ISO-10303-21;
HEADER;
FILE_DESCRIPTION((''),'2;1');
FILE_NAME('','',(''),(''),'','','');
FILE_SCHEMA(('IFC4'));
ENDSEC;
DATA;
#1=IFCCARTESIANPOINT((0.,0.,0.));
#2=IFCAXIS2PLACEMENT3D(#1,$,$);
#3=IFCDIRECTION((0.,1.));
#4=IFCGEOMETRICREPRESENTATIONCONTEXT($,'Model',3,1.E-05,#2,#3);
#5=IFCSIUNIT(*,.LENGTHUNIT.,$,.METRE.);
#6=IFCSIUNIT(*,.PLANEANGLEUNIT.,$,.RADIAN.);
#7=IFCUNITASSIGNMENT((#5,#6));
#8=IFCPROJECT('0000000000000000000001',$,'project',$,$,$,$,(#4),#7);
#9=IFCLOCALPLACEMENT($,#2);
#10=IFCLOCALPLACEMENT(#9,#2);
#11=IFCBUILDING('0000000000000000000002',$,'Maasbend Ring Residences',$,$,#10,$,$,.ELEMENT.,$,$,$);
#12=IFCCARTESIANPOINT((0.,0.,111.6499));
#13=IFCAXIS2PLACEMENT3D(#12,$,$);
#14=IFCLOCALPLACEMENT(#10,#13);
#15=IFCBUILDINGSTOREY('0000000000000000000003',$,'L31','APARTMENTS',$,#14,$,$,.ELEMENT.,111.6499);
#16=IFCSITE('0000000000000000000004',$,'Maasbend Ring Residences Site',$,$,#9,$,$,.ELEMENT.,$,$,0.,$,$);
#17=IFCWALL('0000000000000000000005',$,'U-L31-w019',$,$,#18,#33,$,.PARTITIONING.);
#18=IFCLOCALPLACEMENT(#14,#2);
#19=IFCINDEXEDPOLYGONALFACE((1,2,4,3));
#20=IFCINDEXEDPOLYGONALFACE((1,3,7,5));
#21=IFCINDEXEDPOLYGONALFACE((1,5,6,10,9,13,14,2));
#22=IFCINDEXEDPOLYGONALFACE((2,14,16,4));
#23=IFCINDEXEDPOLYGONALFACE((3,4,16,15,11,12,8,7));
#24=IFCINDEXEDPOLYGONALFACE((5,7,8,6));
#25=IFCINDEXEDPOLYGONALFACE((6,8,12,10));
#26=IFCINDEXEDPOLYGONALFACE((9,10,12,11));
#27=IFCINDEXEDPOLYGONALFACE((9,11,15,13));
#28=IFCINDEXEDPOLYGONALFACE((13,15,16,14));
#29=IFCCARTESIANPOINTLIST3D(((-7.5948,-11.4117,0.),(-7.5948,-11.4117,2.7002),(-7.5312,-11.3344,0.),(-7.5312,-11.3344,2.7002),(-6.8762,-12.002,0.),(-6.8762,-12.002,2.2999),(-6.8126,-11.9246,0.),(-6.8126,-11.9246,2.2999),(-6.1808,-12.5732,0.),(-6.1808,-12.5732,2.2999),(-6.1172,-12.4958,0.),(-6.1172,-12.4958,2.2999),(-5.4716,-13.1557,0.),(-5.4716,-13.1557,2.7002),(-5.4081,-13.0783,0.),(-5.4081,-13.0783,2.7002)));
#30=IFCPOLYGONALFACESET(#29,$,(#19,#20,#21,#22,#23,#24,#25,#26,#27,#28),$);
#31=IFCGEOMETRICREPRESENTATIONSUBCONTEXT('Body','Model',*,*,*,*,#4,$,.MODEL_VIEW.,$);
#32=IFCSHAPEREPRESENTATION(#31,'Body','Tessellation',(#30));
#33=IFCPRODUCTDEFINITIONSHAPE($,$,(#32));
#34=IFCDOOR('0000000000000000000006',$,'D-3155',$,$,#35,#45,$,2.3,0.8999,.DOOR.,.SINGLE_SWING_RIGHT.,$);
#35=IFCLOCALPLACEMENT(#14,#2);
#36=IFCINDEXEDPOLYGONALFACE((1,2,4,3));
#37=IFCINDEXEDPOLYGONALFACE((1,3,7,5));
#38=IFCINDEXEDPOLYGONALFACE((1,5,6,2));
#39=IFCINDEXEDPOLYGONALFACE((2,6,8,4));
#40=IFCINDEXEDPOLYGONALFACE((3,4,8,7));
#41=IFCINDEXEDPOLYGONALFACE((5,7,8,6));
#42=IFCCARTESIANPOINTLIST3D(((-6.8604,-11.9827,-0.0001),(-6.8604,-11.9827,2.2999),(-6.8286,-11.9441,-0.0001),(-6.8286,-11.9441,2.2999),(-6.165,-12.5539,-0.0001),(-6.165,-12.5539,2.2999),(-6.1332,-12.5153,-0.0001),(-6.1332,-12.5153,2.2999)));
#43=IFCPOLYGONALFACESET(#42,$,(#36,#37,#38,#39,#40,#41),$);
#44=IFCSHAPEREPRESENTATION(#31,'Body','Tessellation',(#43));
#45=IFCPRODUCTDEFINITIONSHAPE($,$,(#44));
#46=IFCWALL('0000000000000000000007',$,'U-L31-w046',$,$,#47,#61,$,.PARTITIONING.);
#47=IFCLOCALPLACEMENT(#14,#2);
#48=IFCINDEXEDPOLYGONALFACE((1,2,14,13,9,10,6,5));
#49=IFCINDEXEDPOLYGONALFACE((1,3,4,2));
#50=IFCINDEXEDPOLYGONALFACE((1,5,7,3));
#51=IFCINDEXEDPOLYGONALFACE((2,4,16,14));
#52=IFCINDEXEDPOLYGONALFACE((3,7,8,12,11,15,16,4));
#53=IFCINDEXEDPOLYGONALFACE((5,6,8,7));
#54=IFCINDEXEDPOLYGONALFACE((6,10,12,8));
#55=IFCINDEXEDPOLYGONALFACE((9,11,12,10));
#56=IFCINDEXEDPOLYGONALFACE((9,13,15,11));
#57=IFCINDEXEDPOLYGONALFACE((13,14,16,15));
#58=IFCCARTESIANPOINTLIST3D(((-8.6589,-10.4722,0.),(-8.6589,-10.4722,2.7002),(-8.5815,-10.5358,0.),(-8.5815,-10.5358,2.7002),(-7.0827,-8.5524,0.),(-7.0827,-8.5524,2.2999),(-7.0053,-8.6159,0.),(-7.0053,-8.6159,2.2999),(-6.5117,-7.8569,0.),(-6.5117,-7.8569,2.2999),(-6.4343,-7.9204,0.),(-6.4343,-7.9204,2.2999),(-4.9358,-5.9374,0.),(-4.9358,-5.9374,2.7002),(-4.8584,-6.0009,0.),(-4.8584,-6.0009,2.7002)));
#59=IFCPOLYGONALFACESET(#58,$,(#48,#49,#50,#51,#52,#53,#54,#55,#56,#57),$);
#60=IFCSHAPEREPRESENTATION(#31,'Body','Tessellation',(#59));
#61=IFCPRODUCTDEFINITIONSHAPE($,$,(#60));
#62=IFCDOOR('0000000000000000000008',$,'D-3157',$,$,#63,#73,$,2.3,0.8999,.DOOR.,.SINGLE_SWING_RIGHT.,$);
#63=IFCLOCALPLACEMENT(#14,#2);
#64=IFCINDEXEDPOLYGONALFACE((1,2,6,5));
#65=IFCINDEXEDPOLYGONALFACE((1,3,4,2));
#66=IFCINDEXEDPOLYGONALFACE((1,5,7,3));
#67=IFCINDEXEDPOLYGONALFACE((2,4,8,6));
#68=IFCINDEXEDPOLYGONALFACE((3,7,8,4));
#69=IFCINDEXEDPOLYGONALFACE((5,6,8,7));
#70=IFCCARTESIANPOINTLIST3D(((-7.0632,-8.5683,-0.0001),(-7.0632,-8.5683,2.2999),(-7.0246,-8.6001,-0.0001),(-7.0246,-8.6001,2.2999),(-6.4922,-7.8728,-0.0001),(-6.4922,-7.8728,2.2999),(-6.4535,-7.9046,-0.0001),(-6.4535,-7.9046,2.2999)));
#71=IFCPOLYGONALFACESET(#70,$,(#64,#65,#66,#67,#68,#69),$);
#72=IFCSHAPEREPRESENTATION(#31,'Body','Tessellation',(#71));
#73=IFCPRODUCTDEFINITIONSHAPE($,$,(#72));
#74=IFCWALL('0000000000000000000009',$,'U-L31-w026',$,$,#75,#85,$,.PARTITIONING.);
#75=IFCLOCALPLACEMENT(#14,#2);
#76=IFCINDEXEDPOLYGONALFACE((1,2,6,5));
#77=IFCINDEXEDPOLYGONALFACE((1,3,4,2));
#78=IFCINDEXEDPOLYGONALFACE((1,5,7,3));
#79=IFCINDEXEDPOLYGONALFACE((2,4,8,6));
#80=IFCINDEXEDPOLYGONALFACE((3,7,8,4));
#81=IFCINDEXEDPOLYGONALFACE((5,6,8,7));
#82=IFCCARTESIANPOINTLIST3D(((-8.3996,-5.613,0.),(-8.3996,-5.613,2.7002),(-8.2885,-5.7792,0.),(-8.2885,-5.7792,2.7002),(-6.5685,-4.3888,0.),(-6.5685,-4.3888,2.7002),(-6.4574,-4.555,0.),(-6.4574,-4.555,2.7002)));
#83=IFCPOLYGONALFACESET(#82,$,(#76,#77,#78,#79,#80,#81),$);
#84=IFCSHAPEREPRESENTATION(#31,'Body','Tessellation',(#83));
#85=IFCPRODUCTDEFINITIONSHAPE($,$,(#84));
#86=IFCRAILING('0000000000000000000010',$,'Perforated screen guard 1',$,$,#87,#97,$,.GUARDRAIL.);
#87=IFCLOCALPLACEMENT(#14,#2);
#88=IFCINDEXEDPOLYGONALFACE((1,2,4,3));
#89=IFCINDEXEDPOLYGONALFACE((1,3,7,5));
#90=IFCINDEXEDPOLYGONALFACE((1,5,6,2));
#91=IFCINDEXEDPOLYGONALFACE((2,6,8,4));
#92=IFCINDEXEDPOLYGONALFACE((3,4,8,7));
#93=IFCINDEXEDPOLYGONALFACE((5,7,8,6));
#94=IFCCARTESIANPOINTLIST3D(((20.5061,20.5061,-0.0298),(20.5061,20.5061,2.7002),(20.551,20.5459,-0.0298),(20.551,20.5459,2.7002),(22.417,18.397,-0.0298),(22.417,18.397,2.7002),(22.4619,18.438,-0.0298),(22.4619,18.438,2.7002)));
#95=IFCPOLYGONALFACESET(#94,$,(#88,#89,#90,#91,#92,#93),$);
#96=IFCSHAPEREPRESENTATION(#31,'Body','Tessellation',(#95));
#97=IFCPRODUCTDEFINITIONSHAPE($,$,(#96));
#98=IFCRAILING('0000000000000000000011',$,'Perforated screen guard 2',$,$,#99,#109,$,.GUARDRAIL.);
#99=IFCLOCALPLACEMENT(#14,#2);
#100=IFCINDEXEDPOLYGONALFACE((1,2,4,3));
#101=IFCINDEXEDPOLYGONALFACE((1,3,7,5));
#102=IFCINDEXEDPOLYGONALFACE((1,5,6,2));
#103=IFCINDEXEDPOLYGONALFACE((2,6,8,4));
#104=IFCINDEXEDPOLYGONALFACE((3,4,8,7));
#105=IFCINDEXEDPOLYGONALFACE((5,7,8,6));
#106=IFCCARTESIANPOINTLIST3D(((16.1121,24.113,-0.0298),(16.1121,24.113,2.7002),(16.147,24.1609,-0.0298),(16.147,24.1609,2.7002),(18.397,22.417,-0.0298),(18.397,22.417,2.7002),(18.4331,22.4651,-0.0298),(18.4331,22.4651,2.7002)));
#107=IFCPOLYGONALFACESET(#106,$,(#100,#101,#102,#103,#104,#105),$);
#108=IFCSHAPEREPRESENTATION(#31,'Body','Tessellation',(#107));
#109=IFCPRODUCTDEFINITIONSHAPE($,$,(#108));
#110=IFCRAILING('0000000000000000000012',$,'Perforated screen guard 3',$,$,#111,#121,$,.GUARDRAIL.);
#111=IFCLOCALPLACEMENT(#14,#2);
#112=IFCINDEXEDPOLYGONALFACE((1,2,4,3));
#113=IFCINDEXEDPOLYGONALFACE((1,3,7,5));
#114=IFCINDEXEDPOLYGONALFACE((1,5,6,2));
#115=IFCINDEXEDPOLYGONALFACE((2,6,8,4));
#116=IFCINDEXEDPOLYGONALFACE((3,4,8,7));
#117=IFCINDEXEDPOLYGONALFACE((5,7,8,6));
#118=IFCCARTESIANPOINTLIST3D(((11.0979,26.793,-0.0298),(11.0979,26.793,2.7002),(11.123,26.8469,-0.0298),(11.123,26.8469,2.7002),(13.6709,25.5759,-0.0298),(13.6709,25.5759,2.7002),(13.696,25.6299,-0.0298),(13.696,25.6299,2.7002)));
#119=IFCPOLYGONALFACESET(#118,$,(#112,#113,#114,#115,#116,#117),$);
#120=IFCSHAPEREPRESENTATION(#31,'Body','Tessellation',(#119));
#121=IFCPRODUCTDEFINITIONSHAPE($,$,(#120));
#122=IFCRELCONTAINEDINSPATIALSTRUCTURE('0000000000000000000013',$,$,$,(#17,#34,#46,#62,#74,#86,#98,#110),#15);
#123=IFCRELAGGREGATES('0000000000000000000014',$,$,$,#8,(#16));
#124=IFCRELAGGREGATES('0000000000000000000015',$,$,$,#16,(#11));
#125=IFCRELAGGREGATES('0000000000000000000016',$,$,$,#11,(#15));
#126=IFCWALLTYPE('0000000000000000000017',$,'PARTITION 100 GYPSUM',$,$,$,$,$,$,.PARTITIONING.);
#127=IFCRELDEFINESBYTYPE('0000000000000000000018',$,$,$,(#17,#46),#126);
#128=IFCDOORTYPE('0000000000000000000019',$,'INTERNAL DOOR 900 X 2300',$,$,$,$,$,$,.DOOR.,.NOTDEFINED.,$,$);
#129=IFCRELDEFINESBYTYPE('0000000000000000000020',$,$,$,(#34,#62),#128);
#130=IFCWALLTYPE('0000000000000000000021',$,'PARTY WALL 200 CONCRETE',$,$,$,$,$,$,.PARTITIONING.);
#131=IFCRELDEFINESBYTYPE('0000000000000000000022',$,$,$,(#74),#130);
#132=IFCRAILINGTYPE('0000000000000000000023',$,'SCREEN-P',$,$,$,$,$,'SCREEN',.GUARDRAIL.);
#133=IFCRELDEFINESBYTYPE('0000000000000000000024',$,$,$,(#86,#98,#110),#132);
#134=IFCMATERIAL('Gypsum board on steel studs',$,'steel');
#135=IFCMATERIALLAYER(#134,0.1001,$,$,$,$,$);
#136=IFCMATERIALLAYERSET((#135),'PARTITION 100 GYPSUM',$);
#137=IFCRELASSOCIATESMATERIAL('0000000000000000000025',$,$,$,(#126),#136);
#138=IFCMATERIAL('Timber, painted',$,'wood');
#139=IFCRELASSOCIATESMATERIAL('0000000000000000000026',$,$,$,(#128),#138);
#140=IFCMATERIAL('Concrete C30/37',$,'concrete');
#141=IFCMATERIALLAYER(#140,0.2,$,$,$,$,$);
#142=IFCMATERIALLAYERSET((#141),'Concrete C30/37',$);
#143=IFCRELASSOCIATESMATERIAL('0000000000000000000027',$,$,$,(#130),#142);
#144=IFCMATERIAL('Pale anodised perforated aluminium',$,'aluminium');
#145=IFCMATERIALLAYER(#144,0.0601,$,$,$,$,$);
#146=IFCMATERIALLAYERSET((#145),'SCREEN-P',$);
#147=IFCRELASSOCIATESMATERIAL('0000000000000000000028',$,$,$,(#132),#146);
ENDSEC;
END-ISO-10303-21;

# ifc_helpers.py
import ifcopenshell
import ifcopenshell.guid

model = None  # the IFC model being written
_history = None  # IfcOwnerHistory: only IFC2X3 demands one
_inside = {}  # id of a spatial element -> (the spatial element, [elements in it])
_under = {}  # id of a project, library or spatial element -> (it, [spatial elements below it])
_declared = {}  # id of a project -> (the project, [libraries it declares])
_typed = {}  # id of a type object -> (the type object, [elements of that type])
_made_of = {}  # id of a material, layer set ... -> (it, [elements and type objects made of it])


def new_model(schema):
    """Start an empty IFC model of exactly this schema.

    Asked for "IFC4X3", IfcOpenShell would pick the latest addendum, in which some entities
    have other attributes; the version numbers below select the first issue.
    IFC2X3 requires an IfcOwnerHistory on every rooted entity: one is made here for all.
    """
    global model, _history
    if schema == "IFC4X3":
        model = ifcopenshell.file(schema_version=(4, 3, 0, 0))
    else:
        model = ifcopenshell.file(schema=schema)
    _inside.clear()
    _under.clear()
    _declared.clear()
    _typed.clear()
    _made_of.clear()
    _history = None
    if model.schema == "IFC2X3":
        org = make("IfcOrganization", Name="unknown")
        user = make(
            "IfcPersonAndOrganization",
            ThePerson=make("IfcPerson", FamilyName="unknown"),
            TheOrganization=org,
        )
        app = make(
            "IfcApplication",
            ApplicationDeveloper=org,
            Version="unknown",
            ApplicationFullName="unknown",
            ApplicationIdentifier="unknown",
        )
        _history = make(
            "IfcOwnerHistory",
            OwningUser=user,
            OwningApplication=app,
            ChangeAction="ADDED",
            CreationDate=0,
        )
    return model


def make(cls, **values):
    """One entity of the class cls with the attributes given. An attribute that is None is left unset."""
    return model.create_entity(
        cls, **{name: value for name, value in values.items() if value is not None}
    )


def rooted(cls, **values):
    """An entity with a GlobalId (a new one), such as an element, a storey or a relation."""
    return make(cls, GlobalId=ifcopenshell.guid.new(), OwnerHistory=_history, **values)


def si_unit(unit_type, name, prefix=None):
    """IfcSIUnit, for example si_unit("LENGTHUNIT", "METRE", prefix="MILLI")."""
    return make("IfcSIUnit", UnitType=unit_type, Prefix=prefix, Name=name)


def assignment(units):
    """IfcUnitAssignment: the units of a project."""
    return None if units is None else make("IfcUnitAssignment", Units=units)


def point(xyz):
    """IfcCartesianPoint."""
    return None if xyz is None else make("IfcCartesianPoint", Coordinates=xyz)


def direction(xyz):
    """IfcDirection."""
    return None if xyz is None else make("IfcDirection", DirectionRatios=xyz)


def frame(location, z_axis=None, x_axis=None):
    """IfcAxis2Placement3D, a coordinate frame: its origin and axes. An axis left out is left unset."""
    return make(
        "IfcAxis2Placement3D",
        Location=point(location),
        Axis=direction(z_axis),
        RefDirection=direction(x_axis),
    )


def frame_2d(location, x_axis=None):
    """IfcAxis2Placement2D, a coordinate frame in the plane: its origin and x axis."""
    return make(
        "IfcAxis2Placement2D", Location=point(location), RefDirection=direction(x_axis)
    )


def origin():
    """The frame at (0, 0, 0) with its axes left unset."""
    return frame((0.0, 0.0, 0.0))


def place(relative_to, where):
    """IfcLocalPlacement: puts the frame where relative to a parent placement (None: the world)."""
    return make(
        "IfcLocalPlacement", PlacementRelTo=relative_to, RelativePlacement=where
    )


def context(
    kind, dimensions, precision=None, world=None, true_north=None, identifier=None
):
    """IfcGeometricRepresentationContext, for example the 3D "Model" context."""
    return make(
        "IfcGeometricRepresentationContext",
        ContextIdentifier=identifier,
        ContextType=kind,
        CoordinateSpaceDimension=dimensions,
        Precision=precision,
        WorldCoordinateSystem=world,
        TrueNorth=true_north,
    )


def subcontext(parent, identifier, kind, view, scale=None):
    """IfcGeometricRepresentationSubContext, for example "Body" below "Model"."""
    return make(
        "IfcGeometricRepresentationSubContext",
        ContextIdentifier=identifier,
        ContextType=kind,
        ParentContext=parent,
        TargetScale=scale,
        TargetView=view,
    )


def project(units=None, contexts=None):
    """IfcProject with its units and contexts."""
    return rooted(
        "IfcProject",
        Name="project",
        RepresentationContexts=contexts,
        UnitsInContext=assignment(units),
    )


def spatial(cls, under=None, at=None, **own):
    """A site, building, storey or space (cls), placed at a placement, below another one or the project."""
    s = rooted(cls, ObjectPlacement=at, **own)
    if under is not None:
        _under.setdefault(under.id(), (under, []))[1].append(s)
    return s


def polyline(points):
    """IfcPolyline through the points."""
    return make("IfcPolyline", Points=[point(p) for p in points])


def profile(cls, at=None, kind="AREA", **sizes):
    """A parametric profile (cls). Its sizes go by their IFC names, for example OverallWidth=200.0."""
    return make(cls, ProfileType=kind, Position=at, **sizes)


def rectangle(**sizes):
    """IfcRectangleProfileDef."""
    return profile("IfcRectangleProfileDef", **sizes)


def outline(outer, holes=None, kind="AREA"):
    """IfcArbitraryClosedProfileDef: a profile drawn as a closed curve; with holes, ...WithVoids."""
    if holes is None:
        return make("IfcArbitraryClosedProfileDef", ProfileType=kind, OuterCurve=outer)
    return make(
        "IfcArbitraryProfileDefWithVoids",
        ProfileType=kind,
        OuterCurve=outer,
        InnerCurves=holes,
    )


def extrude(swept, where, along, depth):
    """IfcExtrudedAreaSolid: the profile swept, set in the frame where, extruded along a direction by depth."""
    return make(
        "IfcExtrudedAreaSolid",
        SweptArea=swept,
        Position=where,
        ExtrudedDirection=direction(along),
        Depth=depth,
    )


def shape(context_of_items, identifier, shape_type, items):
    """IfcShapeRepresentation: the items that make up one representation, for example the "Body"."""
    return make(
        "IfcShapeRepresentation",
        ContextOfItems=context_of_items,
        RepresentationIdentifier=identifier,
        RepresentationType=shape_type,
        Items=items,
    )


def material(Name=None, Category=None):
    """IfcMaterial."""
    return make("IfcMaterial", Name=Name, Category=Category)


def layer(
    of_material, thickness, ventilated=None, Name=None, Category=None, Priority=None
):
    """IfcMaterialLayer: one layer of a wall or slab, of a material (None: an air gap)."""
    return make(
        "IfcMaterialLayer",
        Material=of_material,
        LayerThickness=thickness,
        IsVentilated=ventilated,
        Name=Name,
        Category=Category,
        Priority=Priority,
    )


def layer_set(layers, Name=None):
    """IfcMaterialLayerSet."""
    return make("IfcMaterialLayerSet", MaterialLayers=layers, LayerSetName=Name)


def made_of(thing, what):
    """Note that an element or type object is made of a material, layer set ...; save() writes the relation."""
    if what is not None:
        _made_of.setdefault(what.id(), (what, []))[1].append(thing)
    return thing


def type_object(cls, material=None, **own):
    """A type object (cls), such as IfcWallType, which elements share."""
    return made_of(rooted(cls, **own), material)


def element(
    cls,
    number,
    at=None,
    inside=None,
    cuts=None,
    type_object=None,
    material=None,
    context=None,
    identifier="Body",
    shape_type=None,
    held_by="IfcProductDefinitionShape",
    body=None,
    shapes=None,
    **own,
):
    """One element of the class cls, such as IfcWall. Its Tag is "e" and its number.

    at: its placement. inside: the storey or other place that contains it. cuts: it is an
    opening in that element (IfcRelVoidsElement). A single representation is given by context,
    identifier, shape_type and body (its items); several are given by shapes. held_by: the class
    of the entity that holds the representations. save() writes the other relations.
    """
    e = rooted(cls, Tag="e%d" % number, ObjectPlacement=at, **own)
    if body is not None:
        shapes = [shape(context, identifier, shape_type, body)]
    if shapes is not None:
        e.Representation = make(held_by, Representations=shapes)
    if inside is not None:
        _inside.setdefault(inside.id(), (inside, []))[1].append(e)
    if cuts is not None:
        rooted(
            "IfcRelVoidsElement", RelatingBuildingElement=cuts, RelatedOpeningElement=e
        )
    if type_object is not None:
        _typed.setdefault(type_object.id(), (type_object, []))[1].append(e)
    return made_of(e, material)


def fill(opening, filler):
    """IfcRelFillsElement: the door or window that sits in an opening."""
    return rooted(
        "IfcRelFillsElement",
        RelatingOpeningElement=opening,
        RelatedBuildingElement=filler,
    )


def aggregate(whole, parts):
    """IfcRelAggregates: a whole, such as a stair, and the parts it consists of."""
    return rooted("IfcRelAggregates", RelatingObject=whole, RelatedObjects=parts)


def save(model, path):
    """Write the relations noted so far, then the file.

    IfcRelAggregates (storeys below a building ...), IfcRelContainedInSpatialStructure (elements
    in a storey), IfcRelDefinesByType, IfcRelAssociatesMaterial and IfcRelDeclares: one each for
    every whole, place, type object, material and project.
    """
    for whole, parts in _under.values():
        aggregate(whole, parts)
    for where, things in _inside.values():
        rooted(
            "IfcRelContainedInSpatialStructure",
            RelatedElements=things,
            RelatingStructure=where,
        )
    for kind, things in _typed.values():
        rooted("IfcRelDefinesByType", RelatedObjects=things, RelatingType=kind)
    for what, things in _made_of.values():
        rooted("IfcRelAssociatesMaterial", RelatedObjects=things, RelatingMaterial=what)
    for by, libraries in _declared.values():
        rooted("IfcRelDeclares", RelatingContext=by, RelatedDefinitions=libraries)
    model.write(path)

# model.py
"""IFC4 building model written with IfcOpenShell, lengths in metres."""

from ifc_helpers import new_model, si_unit, direction, frame, frame_2d, origin, place, context, subcontext, project, spatial, polyline, rectangle, outline, extrude, material, layer, layer_set, type_object, element, fill, save


model = new_model("IFC4")

# Units and contexts
model_context = context("Model", 3, precision=1e-05, world=origin(), true_north=direction((0.0, 1.0)))
body_context = subcontext(model_context, "Body", "Model", "MODEL_VIEW")
ifc_project = project(units=[si_unit("LENGTHUNIT", "METRE"), si_unit("PLANEANGLEUNIT", "RADIAN")], contexts=[model_context])

# Site, building, storey
site_placement = place(None, origin())
site = spatial("IfcSite", under=ifc_project, at=site_placement, Name="Maasbend Ring Residences Site", CompositionType="ELEMENT", RefElevation=0.0)
building_placement = place(site_placement, origin())
building = spatial("IfcBuilding", under=site, at=building_placement, Name="Maasbend Ring Residences", CompositionType="ELEMENT")
storey_placement = place(building_placement, frame((0.0, 0.0, 111.6499)))
storey = spatial("IfcBuildingStorey", under=building, at=storey_placement, Name="L31", Description="APARTMENTS", CompositionType="ELEMENT", Elevation=111.6499)

# Walls, openings, doors
ifc_material_1 = material(Name="Gypsum board on steel studs", Category="steel")
ifc_layer_1 = layer(ifc_material_1, 0.1001)
ifc_layer_set_1 = layer_set([ifc_layer_1], Name="PARTITION 100 GYPSUM")
wall_type_1 = type_object("IfcWallType", Name="PARTITION 100 GYPSUM", PredefinedType="PARTITIONING", material=ifc_layer_set_1)
wall_1_placement = place(storey_placement, frame((-7.563, -11.373, 0.0), z_axis=(0.0, 0.0, 1.0), x_axis=(0.772732, -0.634732, 0.0)))
wall_1 = element("IfcWall", 1, at=wall_1_placement, inside=storey, type_object=wall_type_1, Name="U-L31-w019", PredefinedType="PARTITIONING", context=body_context, shape_type="SweptSolid", body=[
    extrude(rectangle(XDim=2.7476, YDim=0.1001, at=frame_2d((1.3738, 0.0))), origin(), (0.0, 0.0, 1.0), 2.7002),
])
opening_1_placement = place(wall_1_placement, frame((0.9299, 0.0, 0.0)))
opening_1 = element("IfcOpeningElement", 2, at=opening_1_placement, cuts=wall_1, PredefinedType="OPENING", context=body_context, shape_type="SweptSolid", body=[
    extrude(rectangle(XDim=0.8999, YDim=2.3, at=frame_2d((0.45, 1.1499))), frame((0.0, 0.0601, 0.0), z_axis=(0.0, -1.0, 0.0), x_axis=(1.0, 0.0, 0.0)), (0.0, 0.0, 1.0), 0.1201),
])
ifc_material_2 = material(Name="Timber, painted", Category="wood")
door_type = type_object("IfcDoorType", Name="INTERNAL DOOR 900 X 2300", OperationType="NOTDEFINED", PredefinedType="DOOR", material=ifc_material_2)
door_1_placement = place(opening_1_placement, origin())
door_1 = element("IfcDoor", 3, at=door_1_placement, inside=storey, type_object=door_type, Name="D-3155", OperationType="SINGLE_SWING_RIGHT", OverallHeight=2.3, OverallWidth=0.8999, PredefinedType="DOOR", context=body_context, shape_type="SweptSolid", body=[
    extrude(rectangle(XDim=0.8999, YDim=2.3, at=frame_2d((0.45, 1.1499))), frame((0.0, 0.0249, 0.0), z_axis=(0.0, -1.0, 0.0), x_axis=(1.0, 0.0, 0.0)), (0.0, 0.0, 1.0), 0.05),
])
fill(opening_1, door_1)
wall_2_placement = place(storey_placement, frame((-8.6201, -10.5039, 0.0), z_axis=(0.0, 0.0, 1.0), x_axis=(0.63454, 0.77289, 0.0)))
wall_2 = element("IfcWall", 4, at=wall_2_placement, inside=storey, type_object=wall_type_1, Name="U-L31-w046", PredefinedType="PARTITIONING", context=body_context, shape_type="SweptSolid", body=[
    extrude(rectangle(XDim=5.8674, YDim=0.1001, at=frame_2d((2.9336, 0.0))), origin(), (0.0, 0.0, 1.0), 2.7002),
])
opening_2_placement = place(wall_2_placement, frame((2.4839, 0.0, 0.0)))
opening_2 = element("IfcOpeningElement", 5, at=opening_2_placement, cuts=wall_2, PredefinedType="OPENING", context=body_context, shape_type="SweptSolid", body=[
    extrude(rectangle(XDim=0.8999, YDim=2.3, at=frame_2d((0.45, 1.1499))), frame((0.0, 0.0601, 0.0), z_axis=(0.0, -1.0, 0.0), x_axis=(1.0, 0.0, 0.0)), (0.0, 0.0, 1.0), 0.1201),
])
door_2_placement = place(opening_2_placement, origin())
door_2 = element("IfcDoor", 6, at=door_2_placement, inside=storey, type_object=door_type, Name="D-3157", OperationType="SINGLE_SWING_RIGHT", OverallHeight=2.3, OverallWidth=0.8999, PredefinedType="DOOR", context=body_context, shape_type="SweptSolid", body=[
    extrude(rectangle(XDim=0.8999, YDim=2.3, at=frame_2d((0.45, 1.1499))), frame((0.0, 0.0249, 0.0), z_axis=(0.0, -1.0, 0.0), x_axis=(1.0, 0.0, 0.0)), (0.0, 0.0, 1.0), 0.05),
])
fill(opening_2, door_2)

# Wall
ifc_material_3 = material(Name="Concrete C30/37", Category="concrete")
ifc_layer_2 = layer(ifc_material_3, 0.2)
ifc_layer_set_2 = layer_set([ifc_layer_2], Name="Concrete C30/37")
wall_type_2 = type_object("IfcWallType", Name="PARTY WALL 200 CONCRETE", PredefinedType="PARTITIONING", material=ifc_layer_set_2)
wall_3_placement = place(storey_placement, frame((-6.5129, -4.4719, 0.0), z_axis=(0.0, 0.0, 1.0), x_axis=(-0.831333, -0.555774, 0.0)))
element("IfcWall", 7, at=wall_3_placement, inside=storey, type_object=wall_type_2, Name="U-L31-w026", PredefinedType="PARTITIONING", context=body_context, shape_type="SweptSolid", body=[
    extrude(rectangle(XDim=2.2026, YDim=0.2, at=frame_2d((1.1013, 0.0))), origin(), (0.0, 0.0, 1.0), 2.7002),
])

# Railings
ifc_material_4 = material(Name="Pale anodised perforated aluminium", Category="aluminium")
ifc_layer_3 = layer(ifc_material_4, 0.0601)
ifc_layer_set_3 = layer_set([ifc_layer_3], Name="SCREEN-P")
railing_type = type_object("IfcRailingType", Name="SCREEN-P", ElementType="SCREEN", PredefinedType="GUARDRAIL", material=ifc_layer_set_3)
railing_1_placement = place(storey_placement, frame((0.0, 0.0, -0.0298)))
element("IfcRailing", 8, at=railing_1_placement, inside=storey, type_object=railing_type, Name="Perforated screen guard 1", PredefinedType="GUARDRAIL", context=body_context, shape_type="SweptSolid", body=[
    extrude(outline(polyline([(22.417, 18.397), (20.5061, 20.5061), (20.551, 20.5459), (22.4619, 18.438), (22.417, 18.397)])), origin(), (0.0, 0.0, 1.0), 2.73),
])
railing_2_placement = place(storey_placement, frame((0.0, 0.0, -0.0298)))
element("IfcRailing", 9, at=railing_2_placement, inside=storey, type_object=railing_type, Name="Perforated screen guard 2", PredefinedType="GUARDRAIL", context=body_context, shape_type="SweptSolid", body=[
    extrude(outline(polyline([(18.397, 22.417), (16.1121, 24.113), (16.147, 24.1609), (18.4331, 22.4651), (18.397, 22.417)])), origin(), (0.0, 0.0, 1.0), 2.73),
])
railing_3_placement = place(storey_placement, frame((0.0, 0.0, -0.0298)))
element("IfcRailing", 10, at=railing_3_placement, inside=storey, type_object=railing_type, Name="Perforated screen guard 3", PredefinedType="GUARDRAIL", context=body_context, shape_type="SweptSolid", body=[
    extrude(outline(polyline([(13.6709, 25.5759), (11.0979, 26.793), (11.123, 26.8469), (13.696, 25.6299), (13.6709, 25.5759)])), origin(), (0.0, 0.0, 1.0), 2.73),
])

save(model, "model.ifc")
